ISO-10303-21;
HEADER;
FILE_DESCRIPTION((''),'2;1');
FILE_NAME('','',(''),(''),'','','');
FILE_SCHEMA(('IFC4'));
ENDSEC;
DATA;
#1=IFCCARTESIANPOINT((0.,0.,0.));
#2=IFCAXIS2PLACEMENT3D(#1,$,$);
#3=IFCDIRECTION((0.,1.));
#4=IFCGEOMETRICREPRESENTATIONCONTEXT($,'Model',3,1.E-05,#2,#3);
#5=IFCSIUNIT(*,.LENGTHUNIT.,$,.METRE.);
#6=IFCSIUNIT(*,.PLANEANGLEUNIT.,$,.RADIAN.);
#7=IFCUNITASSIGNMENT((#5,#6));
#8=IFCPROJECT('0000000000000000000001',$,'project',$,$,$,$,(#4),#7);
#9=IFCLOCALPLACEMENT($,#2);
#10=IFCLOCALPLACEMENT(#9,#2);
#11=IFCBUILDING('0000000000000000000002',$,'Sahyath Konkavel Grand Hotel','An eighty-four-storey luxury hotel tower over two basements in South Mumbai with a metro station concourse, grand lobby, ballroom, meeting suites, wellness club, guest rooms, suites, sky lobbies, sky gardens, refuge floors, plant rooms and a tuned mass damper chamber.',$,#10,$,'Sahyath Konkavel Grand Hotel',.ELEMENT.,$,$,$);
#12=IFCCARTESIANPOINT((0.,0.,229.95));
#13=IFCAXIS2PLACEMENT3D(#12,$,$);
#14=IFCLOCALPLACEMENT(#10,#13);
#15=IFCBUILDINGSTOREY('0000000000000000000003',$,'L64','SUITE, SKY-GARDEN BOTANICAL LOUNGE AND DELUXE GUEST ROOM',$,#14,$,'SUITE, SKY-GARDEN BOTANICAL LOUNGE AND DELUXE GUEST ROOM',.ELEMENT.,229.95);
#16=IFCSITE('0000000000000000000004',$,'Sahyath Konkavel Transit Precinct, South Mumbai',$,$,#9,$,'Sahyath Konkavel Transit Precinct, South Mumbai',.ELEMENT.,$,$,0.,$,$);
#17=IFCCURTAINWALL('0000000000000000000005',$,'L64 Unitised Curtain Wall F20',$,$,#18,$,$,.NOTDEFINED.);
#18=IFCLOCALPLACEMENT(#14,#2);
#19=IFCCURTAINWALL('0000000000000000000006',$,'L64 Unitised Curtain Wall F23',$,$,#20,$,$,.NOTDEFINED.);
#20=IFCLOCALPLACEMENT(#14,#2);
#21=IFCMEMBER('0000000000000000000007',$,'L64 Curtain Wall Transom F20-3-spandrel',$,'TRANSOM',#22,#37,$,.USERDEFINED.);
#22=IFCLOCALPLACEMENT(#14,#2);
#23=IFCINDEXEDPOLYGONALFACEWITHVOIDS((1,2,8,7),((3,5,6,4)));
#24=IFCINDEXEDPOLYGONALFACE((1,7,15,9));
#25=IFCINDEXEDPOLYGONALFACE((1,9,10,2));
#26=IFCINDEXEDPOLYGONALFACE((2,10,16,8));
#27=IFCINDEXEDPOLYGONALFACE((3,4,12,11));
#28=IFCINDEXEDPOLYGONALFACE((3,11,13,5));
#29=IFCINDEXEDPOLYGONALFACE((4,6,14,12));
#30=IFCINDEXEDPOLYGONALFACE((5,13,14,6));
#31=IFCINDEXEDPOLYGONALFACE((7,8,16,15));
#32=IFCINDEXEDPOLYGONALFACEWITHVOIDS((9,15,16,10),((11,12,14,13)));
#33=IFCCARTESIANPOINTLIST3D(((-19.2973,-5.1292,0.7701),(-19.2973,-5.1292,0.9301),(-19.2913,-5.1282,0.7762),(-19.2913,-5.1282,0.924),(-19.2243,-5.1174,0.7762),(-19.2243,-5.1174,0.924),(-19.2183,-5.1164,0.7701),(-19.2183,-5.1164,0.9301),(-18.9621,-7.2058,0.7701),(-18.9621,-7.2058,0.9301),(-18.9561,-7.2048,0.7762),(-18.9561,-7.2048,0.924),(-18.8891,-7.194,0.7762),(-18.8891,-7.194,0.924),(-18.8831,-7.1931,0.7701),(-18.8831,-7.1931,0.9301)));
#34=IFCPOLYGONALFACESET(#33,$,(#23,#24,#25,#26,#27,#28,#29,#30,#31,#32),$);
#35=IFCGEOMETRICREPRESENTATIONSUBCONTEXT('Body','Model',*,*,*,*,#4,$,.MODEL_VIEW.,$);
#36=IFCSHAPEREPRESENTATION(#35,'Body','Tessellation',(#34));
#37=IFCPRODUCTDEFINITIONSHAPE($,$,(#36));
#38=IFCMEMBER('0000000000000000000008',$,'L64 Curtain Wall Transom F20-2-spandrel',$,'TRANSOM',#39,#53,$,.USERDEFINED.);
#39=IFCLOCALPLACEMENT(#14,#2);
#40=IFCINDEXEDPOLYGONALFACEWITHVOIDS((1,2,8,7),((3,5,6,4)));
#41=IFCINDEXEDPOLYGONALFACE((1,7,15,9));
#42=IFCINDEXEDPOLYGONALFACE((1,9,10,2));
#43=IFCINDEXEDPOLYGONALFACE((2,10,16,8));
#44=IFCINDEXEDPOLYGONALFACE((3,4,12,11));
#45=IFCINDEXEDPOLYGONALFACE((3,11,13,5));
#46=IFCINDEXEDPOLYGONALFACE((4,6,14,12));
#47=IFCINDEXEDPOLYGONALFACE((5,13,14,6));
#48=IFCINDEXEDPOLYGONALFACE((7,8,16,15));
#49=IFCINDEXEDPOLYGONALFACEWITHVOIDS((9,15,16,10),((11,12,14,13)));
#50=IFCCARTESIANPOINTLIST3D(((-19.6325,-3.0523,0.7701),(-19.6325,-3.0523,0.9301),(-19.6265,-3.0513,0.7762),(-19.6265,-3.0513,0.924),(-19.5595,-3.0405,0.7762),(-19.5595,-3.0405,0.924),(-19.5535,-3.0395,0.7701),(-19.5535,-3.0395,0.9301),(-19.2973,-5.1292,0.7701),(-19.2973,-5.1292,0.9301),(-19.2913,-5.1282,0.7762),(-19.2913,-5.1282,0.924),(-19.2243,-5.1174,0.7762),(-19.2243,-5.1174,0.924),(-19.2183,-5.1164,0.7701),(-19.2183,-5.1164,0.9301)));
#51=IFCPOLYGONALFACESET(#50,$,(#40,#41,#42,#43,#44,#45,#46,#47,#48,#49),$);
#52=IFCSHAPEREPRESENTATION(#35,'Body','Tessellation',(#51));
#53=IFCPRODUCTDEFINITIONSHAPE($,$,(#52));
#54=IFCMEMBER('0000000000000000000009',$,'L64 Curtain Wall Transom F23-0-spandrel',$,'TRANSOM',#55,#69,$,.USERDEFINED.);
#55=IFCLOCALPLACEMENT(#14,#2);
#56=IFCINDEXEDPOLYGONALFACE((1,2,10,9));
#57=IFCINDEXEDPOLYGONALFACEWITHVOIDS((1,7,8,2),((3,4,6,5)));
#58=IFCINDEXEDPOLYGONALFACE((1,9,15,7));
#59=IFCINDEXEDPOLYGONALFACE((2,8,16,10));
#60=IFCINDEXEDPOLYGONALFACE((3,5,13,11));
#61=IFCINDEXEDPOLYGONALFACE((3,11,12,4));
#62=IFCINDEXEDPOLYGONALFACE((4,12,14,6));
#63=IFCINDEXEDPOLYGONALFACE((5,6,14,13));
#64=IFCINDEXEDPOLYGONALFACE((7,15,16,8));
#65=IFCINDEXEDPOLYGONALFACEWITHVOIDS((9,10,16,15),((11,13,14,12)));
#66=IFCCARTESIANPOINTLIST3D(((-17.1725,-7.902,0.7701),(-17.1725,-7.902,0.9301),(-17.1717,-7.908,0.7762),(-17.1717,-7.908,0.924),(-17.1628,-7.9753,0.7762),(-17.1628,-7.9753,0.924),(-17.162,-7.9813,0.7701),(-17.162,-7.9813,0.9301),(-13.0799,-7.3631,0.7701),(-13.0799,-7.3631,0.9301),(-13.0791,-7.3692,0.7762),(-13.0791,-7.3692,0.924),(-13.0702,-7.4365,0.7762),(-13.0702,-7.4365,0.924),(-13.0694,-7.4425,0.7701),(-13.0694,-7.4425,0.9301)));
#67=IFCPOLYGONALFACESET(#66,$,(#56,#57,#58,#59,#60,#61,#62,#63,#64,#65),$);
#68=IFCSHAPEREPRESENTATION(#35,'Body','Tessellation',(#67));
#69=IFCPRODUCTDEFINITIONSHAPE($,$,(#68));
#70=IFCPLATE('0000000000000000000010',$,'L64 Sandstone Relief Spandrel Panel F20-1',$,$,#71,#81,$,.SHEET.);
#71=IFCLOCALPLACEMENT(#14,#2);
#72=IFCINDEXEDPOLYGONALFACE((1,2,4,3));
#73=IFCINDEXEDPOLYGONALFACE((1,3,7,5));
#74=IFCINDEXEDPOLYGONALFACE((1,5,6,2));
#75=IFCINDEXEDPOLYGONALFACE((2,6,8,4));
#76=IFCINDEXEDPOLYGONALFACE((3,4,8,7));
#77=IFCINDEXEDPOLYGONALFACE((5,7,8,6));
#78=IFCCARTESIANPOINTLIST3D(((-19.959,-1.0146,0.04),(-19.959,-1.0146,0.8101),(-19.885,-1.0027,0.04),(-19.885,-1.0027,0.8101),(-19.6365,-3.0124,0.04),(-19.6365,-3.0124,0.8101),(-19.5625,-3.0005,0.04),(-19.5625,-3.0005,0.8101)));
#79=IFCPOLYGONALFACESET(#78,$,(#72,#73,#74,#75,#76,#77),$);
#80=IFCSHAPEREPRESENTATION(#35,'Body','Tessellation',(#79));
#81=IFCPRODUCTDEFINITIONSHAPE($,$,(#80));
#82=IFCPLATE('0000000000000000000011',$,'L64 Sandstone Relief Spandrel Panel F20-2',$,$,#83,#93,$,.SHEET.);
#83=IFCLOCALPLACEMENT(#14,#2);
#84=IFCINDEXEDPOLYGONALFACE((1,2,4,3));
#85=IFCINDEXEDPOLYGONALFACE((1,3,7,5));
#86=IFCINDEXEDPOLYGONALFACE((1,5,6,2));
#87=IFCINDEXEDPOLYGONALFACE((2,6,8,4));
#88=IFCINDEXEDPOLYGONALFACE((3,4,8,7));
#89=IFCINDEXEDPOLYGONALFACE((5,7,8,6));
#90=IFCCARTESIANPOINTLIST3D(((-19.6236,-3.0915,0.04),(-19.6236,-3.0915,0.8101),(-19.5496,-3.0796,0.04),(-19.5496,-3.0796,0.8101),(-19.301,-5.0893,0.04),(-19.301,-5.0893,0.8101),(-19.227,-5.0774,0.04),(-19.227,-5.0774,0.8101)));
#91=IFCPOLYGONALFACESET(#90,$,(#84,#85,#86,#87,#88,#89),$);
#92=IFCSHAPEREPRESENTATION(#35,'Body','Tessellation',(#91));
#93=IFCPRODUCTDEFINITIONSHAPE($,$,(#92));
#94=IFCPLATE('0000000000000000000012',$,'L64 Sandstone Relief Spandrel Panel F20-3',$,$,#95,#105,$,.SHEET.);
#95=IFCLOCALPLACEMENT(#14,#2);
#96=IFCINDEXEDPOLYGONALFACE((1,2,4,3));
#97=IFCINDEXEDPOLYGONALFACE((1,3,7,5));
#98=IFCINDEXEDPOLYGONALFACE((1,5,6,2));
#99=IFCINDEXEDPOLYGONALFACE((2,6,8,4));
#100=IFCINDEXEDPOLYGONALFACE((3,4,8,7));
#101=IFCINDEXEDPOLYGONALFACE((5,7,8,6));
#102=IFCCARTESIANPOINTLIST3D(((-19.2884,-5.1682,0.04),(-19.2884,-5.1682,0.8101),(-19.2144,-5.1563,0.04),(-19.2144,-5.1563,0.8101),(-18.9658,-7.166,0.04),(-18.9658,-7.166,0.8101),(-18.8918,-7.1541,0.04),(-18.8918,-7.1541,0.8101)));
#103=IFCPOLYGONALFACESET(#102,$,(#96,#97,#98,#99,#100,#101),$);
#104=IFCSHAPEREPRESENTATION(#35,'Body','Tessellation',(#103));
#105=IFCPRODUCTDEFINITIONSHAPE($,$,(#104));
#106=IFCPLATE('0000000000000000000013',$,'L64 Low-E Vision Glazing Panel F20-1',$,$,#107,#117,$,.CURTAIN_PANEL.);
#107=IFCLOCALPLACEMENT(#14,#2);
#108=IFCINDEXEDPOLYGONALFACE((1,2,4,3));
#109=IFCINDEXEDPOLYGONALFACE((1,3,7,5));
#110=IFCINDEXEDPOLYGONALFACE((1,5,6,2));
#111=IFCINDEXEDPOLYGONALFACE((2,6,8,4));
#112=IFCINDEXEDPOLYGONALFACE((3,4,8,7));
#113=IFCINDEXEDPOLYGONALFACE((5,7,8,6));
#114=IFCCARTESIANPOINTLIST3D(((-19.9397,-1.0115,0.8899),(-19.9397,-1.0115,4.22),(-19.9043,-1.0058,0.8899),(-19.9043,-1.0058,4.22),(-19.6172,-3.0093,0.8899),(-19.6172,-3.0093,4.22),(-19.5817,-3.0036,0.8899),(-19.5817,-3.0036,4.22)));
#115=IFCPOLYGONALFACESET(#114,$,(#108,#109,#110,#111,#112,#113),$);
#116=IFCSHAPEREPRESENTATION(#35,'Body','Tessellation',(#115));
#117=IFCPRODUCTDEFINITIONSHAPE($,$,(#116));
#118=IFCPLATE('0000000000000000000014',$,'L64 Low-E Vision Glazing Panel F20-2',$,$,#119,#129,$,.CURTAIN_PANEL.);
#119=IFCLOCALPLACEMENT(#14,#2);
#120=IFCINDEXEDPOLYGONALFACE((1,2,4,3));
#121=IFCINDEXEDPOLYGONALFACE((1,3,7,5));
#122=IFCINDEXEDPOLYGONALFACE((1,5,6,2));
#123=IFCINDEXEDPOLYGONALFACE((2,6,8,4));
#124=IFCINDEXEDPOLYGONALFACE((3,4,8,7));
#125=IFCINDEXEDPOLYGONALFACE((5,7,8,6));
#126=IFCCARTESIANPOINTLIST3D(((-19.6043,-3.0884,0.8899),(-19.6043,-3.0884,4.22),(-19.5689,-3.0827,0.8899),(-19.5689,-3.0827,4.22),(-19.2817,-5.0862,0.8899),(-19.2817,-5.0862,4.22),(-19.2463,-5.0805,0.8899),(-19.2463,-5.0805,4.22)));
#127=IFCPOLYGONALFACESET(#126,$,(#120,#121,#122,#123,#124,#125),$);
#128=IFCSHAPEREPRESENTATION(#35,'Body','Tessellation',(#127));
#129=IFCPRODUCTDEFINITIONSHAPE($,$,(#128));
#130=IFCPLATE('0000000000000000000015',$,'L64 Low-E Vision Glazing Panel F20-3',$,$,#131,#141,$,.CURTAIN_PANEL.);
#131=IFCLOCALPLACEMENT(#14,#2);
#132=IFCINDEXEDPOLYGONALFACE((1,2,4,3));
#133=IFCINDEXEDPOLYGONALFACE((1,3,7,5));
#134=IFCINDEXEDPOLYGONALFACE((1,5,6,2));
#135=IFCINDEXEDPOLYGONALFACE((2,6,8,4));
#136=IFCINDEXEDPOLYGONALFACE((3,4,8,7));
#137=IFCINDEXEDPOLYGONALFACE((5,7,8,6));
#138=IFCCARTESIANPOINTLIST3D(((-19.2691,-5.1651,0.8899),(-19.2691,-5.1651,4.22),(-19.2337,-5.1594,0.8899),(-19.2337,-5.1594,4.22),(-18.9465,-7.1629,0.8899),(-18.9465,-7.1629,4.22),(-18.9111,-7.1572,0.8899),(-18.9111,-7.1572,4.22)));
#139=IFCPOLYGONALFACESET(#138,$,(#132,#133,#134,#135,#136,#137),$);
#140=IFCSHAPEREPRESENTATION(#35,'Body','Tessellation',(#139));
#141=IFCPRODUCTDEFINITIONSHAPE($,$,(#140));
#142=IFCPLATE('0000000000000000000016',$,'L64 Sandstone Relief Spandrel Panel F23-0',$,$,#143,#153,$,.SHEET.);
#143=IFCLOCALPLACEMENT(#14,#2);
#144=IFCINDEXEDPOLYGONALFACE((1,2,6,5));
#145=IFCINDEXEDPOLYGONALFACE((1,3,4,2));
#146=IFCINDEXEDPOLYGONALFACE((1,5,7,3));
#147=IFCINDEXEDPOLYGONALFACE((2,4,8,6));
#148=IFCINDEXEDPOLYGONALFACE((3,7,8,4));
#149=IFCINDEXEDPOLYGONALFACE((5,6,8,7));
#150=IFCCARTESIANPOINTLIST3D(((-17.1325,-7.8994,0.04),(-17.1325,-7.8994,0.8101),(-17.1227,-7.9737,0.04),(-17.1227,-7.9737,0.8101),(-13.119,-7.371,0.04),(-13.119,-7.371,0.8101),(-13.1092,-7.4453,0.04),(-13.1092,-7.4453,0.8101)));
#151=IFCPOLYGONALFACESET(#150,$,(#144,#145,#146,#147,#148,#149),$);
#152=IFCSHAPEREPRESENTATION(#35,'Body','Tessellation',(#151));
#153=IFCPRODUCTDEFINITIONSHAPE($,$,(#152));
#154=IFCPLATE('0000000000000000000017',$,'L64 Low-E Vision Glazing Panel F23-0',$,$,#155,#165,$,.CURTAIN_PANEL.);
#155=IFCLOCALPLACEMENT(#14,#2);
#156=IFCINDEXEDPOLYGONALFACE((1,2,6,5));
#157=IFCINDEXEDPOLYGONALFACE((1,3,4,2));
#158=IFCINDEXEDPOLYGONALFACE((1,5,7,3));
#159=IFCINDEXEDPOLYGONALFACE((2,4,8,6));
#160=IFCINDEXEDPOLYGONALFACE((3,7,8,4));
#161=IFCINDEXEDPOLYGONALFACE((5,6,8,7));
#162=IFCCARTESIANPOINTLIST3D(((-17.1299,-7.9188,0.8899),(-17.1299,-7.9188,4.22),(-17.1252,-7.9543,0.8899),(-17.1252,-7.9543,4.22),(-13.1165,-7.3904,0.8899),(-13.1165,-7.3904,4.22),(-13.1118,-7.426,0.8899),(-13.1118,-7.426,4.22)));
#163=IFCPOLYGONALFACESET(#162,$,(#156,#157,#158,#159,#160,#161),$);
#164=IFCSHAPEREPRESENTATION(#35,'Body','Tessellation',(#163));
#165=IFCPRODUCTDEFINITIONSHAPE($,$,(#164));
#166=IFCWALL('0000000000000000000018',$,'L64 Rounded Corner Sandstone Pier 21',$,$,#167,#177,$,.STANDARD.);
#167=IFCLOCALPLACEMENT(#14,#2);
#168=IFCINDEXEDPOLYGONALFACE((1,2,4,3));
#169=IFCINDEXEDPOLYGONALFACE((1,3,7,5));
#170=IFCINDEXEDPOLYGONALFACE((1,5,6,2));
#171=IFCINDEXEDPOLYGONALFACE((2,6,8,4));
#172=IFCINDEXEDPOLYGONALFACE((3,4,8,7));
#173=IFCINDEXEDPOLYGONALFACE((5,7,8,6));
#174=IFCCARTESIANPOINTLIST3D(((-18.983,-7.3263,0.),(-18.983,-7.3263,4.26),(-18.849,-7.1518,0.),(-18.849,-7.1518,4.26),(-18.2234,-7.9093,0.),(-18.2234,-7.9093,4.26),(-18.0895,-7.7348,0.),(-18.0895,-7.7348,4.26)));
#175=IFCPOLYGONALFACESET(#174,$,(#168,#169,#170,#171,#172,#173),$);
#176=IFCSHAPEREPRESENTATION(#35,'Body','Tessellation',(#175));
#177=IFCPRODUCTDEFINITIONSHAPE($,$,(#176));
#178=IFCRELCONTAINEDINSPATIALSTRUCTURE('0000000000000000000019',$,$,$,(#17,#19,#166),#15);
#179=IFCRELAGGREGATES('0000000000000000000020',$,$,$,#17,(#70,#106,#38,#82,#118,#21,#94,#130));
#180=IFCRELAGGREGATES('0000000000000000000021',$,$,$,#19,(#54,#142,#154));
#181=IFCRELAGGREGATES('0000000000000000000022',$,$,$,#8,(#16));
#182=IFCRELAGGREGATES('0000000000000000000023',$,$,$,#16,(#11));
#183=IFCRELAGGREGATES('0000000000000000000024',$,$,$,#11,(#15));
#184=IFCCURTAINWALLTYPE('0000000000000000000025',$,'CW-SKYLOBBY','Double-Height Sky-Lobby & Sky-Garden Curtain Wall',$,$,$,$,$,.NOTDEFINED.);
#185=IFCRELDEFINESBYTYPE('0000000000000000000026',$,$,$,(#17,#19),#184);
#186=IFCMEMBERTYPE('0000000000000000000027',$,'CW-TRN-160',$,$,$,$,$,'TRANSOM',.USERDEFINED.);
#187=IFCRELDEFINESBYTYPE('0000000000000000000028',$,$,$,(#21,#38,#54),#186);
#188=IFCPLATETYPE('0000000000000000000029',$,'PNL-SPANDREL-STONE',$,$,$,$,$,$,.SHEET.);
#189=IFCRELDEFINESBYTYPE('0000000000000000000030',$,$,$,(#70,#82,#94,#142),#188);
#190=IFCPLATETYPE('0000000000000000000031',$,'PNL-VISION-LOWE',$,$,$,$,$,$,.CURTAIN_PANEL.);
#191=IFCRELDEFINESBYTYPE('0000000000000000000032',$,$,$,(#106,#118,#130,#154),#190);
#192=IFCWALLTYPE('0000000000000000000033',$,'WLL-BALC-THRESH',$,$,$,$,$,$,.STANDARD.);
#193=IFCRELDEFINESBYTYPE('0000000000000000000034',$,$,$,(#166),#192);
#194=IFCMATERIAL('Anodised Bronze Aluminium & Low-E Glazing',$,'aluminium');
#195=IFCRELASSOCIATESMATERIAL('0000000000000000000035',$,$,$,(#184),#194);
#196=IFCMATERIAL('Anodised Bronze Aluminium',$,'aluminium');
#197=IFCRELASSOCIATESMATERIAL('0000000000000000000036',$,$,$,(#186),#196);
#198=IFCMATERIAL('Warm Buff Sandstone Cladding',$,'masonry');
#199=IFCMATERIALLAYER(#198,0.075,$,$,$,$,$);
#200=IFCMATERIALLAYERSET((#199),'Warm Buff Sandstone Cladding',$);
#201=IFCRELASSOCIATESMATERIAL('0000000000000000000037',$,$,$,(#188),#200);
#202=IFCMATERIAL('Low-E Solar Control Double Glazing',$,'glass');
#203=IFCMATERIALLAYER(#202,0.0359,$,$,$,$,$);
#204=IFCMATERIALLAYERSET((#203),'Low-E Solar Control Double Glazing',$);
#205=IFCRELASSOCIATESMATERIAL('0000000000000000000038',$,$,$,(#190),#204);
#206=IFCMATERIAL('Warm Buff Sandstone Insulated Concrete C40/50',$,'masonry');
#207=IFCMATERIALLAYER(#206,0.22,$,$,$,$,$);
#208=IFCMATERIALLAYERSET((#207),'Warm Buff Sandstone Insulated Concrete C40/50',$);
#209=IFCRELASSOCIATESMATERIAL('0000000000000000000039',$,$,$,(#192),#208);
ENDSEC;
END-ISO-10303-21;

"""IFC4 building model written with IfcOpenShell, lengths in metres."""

from ifc_helpers import new_model, si_unit, direction, frame, frame_2d, origin, origin_2d, place, context, subcontext, project, spatial, rectangle, hollow_rectangle, extrude, source, transform, mapped, material, layer, layer_set, material_profile, profile_set, type_object, element, aggregate, save


model = new_model("IFC4")

# Units and contexts
model_context = context("Model", 3, precision=1e-05, world=origin(), true_north=direction((0.0, 1.0)))
body_context = subcontext(model_context, "Body", "Model", "MODEL_VIEW")
ifc_project = project(units=[si_unit("LENGTHUNIT", "METRE"), si_unit("PLANEANGLEUNIT", "RADIAN")], contexts=[model_context])

# Site, building, storey
site_placement = place(None, origin())
site = spatial("IfcSite", under=ifc_project, at=site_placement, Name="Sahyath Konkavel Transit Precinct, South Mumbai", LongName="Sahyath Konkavel Transit Precinct, South Mumbai", CompositionType="ELEMENT", RefElevation=0.0)
building_placement = place(site_placement, origin())
building = spatial("IfcBuilding", under=site, at=building_placement, Name="Sahyath Konkavel Grand Hotel", Description="An eighty-four-storey luxury hotel tower over two basements in South Mumbai with a metro station concourse, grand lobby, ballroom, meeting suites, wellness club, guest rooms, suites, sky lobbies, sky gardens, refuge floors, plant rooms and a tuned mass damper chamber.", LongName="Sahyath Konkavel Grand Hotel", CompositionType="ELEMENT")
storey_placement = place(building_placement, frame((0.0, 0.0, 229.95)))
storey = spatial("IfcBuildingStorey", under=building, at=storey_placement, Name="L64", Description="SUITE, SKY-GARDEN BOTANICAL LOUNGE AND DELUXE GUEST ROOM", LongName="SUITE, SKY-GARDEN BOTANICAL LOUNGE AND DELUXE GUEST ROOM", CompositionType="ELEMENT", Elevation=229.95)

# Curtain wall
ifc_material_1 = material(Name="Anodised Bronze Aluminium & Low-E Glazing", Category="aluminium")
curtain_wall_type = type_object("IfcCurtainWallType", Name="CW-SKYLOBBY", Description="Double-Height Sky-Lobby & Sky-Garden Curtain Wall", PredefinedType="NOTDEFINED", material=ifc_material_1)
curtain_wall_1_placement = place(storey_placement, origin())
curtain_wall_1 = element("IfcCurtainWall", 1, at=curtain_wall_1_placement, inside=storey, type_object=curtain_wall_type, Name="L64 Unitised Curtain Wall F20", PredefinedType="NOTDEFINED")
ifc_material_2 = material(Name="Anodised Bronze Aluminium", Category="aluminium")

# Curtain wall
curtain_wall_2_placement = place(storey_placement, origin())
curtain_wall_2 = element("IfcCurtainWall", 2, at=curtain_wall_2_placement, inside=storey, type_object=curtain_wall_type, Name="L64 Unitised Curtain Wall F23", PredefinedType="NOTDEFINED")

# Members
ifc_material_profile_1 = material_profile(ifc_material_2, hollow_rectangle(XDim=0.0801, YDim=0.1599, WallThickness=0.0061, at=origin_2d()), Name="RHS 160x80x6")
ifc_profile_set_1 = profile_set([ifc_material_profile_1], Name="Anodised Bronze Aluminium")
member_type_1 = type_object("IfcMemberType", Name="CW-TRN-160", ElementType="TRANSOM", PredefinedType="USERDEFINED", material=ifc_profile_set_1)
shared_shape_1 = source(origin(), body_context, "Body", "SweptSolid", [
    extrude(hollow_rectangle(XDim=0.0801, YDim=0.1599, WallThickness=0.0061, at=origin_2d()), origin(), (0.0, 0.0, 1.0), 2.1035),
])
member_1_placement = place(storey_placement, frame((-19.2578, -5.1228, 0.8501), z_axis=(0.159353, -0.987222, 0.0), x_axis=(0.987222, 0.159353, 0.0)))
member_1 = element("IfcMember", 3, at=member_1_placement, type_object=member_type_1, Name="L64 Curtain Wall Transom F20-3-spandrel", ObjectType="TRANSOM", PredefinedType="USERDEFINED", context=body_context, shape_type="MappedRepresentation", body=[
    mapped(shared_shape_1, transform((0.0, 0.0, 0.0), scale=1.0)),
])
shared_shape_2 = source(origin(), body_context, "Body", "SweptSolid", [
    extrude(hollow_rectangle(XDim=0.0801, YDim=0.1599, WallThickness=0.0061, at=origin_2d()), origin(), (0.0, 0.0, 1.0), 2.1038),
])
member_2_placement = place(storey_placement, frame((-19.593, -3.0459, 0.8501), z_axis=(0.159335, -0.987225, 0.0), x_axis=(0.987225, 0.159335, 0.0)))
member_2 = element("IfcMember", 4, at=member_2_placement, type_object=member_type_1, Name="L64 Curtain Wall Transom F20-2-spandrel", ObjectType="TRANSOM", PredefinedType="USERDEFINED", context=body_context, shape_type="MappedRepresentation", body=[
    mapped(shared_shape_2, transform((0.0, 0.0, 0.0), scale=1.0)),
])
shared_shape_3 = source(origin(), body_context, "Body", "SweptSolid", [
    extrude(hollow_rectangle(XDim=0.0801, YDim=0.1599, WallThickness=0.0061, at=origin_2d()), origin(), (0.0, 0.0, 1.0), 4.1279),
])
member_3_placement = place(storey_placement, frame((-17.1672, -7.9417, 0.8501), z_axis=(0.991444, 0.130533, 0.0), x_axis=(-0.130533, 0.991444, 0.0)))
member_3 = element("IfcMember", 5, at=member_3_placement, type_object=member_type_1, Name="L64 Curtain Wall Transom F23-0-spandrel", ObjectType="TRANSOM", PredefinedType="USERDEFINED", context=body_context, shape_type="MappedRepresentation", body=[
    mapped(shared_shape_3, transform((0.0, 0.0, 0.0), scale=1.0)),
])

# Plates
ifc_material_3 = material(Name="Warm Buff Sandstone Cladding", Category="masonry")
ifc_layer_1 = layer(ifc_material_3, 0.075)
ifc_layer_set_1 = layer_set([ifc_layer_1], Name="Warm Buff Sandstone Cladding")
plate_type_1 = type_object("IfcPlateType", Name="PNL-SPANDREL-STONE", PredefinedType="SHEET", material=ifc_layer_set_1)
shared_shape_4 = source(origin(), body_context, "Body", "SweptSolid", [
    extrude(rectangle(XDim=2.0237, YDim=0.075, at=origin_2d()), origin(), (0.0, 0.0, 1.0), 0.77),
])
plate_1_placement = place(storey_placement, frame((-19.7607, -2.0076, 0.04), z_axis=(0.0, 0.0, 1.0), x_axis=(0.159399, -0.987214, 0.0)))
plate_1 = element("IfcPlate", 6, at=plate_1_placement, type_object=plate_type_1, Name="L64 Sandstone Relief Spandrel Panel F20-1", PredefinedType="SHEET", context=body_context, shape_type="MappedRepresentation", body=[
    mapped(shared_shape_4, transform((0.0, 0.0, 0.0), scale=1.0)),
])
plate_2_placement = place(storey_placement, frame((-19.4253, -4.0845, 0.04), z_axis=(0.0, 0.0, 1.0), x_axis=(0.159399, -0.987214, 0.0)))
plate_2 = element("IfcPlate", 7, at=plate_2_placement, type_object=plate_type_1, Name="L64 Sandstone Relief Spandrel Panel F20-2", PredefinedType="SHEET", context=body_context, shape_type="MappedRepresentation", body=[
    mapped(shared_shape_4, transform((0.0, 0.0, 0.0), scale=1.0)),
])
plate_3_placement = place(storey_placement, frame((-19.0901, -6.1611, 0.04), z_axis=(0.0, 0.0, 1.0), x_axis=(0.159399, -0.987214, 0.0)))
plate_3 = element("IfcPlate", 8, at=plate_3_placement, type_object=plate_type_1, Name="L64 Sandstone Relief Spandrel Panel F20-3", PredefinedType="SHEET", context=body_context, shape_type="MappedRepresentation", body=[
    mapped(shared_shape_4, transform((0.0, 0.0, 0.0), scale=1.0)),
])
ifc_material_4 = material(Name="Low-E Solar Control Double Glazing", Category="glass")
ifc_layer_2 = layer(ifc_material_4, 0.0359)
ifc_layer_set_2 = layer_set([ifc_layer_2], Name="Low-E Solar Control Double Glazing")
plate_type_2 = type_object("IfcPlateType", Name="PNL-VISION-LOWE", PredefinedType="CURTAIN_PANEL", material=ifc_layer_set_2)
shared_shape_5 = source(origin(), body_context, "Body", "SweptSolid", [
    extrude(rectangle(XDim=2.0237, YDim=0.0359, at=origin_2d()), origin(), (0.0, 0.0, 1.0), 3.3301),
])
plate_4_placement = place(storey_placement, frame((-19.7607, -2.0076, 0.8899), z_axis=(0.0, 0.0, 1.0), x_axis=(0.159399, -0.987214, 0.0)))
plate_4 = element("IfcPlate", 9, at=plate_4_placement, type_object=plate_type_2, Name="L64 Low-E Vision Glazing Panel F20-1", PredefinedType="CURTAIN_PANEL", context=body_context, shape_type="MappedRepresentation", body=[
    mapped(shared_shape_5, transform((0.0, 0.0, 0.0), scale=1.0)),
])
plate_5_placement = place(storey_placement, frame((-19.4253, -4.0845, 0.8899), z_axis=(0.0, 0.0, 1.0), x_axis=(0.159399, -0.987214, 0.0)))
plate_5 = element("IfcPlate", 10, at=plate_5_placement, type_object=plate_type_2, Name="L64 Low-E Vision Glazing Panel F20-2", PredefinedType="CURTAIN_PANEL", context=body_context, shape_type="MappedRepresentation", body=[
    mapped(shared_shape_5, transform((0.0, 0.0, 0.0), scale=1.0)),
])
plate_6_placement = place(storey_placement, frame((-19.0901, -6.1611, 0.8899), z_axis=(0.0, 0.0, 1.0), x_axis=(0.159399, -0.987214, 0.0)))
plate_6 = element("IfcPlate", 11, at=plate_6_placement, type_object=plate_type_2, Name="L64 Low-E Vision Glazing Panel F20-3", PredefinedType="CURTAIN_PANEL", context=body_context, shape_type="MappedRepresentation", body=[
    mapped(shared_shape_5, transform((0.0, 0.0, 0.0), scale=1.0)),
])
aggregate(curtain_wall_1, [plate_1, plate_4, member_2, plate_2, plate_5, member_1, plate_3, plate_6])
shared_shape_6 = source(origin(), body_context, "Body", "SweptSolid", [
    extrude(rectangle(XDim=4.0481, YDim=0.075, at=origin_2d()), origin(), (0.0, 0.0, 1.0), 0.77),
])
plate_7_placement = place(storey_placement, frame((-15.1208, -7.6724, 0.04), z_axis=(0.0, 0.0, 1.0), x_axis=(0.991445, 0.130526, 0.0)))
plate_7 = element("IfcPlate", 12, at=plate_7_placement, type_object=plate_type_1, Name="L64 Sandstone Relief Spandrel Panel F23-0", PredefinedType="SHEET", context=body_context, shape_type="MappedRepresentation", body=[
    mapped(shared_shape_6, transform((0.0, 0.0, 0.0), scale=1.0)),
])
shared_shape_7 = source(origin(), body_context, "Body", "SweptSolid", [
    extrude(rectangle(XDim=4.0481, YDim=0.0359, at=origin_2d()), origin(), (0.0, 0.0, 1.0), 3.3301),
])
plate_8_placement = place(storey_placement, frame((-15.1208, -7.6724, 0.8899), z_axis=(0.0, 0.0, 1.0), x_axis=(0.991445, 0.130526, 0.0)))
plate_8 = element("IfcPlate", 13, at=plate_8_placement, type_object=plate_type_2, Name="L64 Low-E Vision Glazing Panel F23-0", PredefinedType="CURTAIN_PANEL", context=body_context, shape_type="MappedRepresentation", body=[
    mapped(shared_shape_7, transform((0.0, 0.0, 0.0), scale=1.0)),
])
aggregate(curtain_wall_2, [member_3, plate_7, plate_8])

# Wall
ifc_material_5 = material(Name="Warm Buff Sandstone Insulated Concrete C40/50", Category="masonry")
ifc_layer_3 = layer(ifc_material_5, 0.22)
ifc_layer_set_3 = layer_set([ifc_layer_3], Name="Warm Buff Sandstone Insulated Concrete C40/50")
wall_type_1 = type_object("IfcWallType", Name="WLL-BALC-THRESH", PredefinedType="STANDARD", material=ifc_layer_set_3)
wall_1_placement = place(storey_placement, frame((-18.916, -7.239, 0.0), z_axis=(0.0, 0.0, 1.0), x_axis=(0.793249, -0.608897, 0.0)))
element("IfcWall", 14, at=wall_1_placement, inside=storey, type_object=wall_type_1, Name="L64 Rounded Corner Sandstone Pier 21", PredefinedType="STANDARD", context=body_context, shape_type="SweptSolid", body=[
    extrude(rectangle(XDim=0.9575, YDim=0.22, at=frame_2d((0.4788, 0.0))), origin(), (0.0, 0.0, 1.0), 4.26),
])

save(model, "model.ifc")
